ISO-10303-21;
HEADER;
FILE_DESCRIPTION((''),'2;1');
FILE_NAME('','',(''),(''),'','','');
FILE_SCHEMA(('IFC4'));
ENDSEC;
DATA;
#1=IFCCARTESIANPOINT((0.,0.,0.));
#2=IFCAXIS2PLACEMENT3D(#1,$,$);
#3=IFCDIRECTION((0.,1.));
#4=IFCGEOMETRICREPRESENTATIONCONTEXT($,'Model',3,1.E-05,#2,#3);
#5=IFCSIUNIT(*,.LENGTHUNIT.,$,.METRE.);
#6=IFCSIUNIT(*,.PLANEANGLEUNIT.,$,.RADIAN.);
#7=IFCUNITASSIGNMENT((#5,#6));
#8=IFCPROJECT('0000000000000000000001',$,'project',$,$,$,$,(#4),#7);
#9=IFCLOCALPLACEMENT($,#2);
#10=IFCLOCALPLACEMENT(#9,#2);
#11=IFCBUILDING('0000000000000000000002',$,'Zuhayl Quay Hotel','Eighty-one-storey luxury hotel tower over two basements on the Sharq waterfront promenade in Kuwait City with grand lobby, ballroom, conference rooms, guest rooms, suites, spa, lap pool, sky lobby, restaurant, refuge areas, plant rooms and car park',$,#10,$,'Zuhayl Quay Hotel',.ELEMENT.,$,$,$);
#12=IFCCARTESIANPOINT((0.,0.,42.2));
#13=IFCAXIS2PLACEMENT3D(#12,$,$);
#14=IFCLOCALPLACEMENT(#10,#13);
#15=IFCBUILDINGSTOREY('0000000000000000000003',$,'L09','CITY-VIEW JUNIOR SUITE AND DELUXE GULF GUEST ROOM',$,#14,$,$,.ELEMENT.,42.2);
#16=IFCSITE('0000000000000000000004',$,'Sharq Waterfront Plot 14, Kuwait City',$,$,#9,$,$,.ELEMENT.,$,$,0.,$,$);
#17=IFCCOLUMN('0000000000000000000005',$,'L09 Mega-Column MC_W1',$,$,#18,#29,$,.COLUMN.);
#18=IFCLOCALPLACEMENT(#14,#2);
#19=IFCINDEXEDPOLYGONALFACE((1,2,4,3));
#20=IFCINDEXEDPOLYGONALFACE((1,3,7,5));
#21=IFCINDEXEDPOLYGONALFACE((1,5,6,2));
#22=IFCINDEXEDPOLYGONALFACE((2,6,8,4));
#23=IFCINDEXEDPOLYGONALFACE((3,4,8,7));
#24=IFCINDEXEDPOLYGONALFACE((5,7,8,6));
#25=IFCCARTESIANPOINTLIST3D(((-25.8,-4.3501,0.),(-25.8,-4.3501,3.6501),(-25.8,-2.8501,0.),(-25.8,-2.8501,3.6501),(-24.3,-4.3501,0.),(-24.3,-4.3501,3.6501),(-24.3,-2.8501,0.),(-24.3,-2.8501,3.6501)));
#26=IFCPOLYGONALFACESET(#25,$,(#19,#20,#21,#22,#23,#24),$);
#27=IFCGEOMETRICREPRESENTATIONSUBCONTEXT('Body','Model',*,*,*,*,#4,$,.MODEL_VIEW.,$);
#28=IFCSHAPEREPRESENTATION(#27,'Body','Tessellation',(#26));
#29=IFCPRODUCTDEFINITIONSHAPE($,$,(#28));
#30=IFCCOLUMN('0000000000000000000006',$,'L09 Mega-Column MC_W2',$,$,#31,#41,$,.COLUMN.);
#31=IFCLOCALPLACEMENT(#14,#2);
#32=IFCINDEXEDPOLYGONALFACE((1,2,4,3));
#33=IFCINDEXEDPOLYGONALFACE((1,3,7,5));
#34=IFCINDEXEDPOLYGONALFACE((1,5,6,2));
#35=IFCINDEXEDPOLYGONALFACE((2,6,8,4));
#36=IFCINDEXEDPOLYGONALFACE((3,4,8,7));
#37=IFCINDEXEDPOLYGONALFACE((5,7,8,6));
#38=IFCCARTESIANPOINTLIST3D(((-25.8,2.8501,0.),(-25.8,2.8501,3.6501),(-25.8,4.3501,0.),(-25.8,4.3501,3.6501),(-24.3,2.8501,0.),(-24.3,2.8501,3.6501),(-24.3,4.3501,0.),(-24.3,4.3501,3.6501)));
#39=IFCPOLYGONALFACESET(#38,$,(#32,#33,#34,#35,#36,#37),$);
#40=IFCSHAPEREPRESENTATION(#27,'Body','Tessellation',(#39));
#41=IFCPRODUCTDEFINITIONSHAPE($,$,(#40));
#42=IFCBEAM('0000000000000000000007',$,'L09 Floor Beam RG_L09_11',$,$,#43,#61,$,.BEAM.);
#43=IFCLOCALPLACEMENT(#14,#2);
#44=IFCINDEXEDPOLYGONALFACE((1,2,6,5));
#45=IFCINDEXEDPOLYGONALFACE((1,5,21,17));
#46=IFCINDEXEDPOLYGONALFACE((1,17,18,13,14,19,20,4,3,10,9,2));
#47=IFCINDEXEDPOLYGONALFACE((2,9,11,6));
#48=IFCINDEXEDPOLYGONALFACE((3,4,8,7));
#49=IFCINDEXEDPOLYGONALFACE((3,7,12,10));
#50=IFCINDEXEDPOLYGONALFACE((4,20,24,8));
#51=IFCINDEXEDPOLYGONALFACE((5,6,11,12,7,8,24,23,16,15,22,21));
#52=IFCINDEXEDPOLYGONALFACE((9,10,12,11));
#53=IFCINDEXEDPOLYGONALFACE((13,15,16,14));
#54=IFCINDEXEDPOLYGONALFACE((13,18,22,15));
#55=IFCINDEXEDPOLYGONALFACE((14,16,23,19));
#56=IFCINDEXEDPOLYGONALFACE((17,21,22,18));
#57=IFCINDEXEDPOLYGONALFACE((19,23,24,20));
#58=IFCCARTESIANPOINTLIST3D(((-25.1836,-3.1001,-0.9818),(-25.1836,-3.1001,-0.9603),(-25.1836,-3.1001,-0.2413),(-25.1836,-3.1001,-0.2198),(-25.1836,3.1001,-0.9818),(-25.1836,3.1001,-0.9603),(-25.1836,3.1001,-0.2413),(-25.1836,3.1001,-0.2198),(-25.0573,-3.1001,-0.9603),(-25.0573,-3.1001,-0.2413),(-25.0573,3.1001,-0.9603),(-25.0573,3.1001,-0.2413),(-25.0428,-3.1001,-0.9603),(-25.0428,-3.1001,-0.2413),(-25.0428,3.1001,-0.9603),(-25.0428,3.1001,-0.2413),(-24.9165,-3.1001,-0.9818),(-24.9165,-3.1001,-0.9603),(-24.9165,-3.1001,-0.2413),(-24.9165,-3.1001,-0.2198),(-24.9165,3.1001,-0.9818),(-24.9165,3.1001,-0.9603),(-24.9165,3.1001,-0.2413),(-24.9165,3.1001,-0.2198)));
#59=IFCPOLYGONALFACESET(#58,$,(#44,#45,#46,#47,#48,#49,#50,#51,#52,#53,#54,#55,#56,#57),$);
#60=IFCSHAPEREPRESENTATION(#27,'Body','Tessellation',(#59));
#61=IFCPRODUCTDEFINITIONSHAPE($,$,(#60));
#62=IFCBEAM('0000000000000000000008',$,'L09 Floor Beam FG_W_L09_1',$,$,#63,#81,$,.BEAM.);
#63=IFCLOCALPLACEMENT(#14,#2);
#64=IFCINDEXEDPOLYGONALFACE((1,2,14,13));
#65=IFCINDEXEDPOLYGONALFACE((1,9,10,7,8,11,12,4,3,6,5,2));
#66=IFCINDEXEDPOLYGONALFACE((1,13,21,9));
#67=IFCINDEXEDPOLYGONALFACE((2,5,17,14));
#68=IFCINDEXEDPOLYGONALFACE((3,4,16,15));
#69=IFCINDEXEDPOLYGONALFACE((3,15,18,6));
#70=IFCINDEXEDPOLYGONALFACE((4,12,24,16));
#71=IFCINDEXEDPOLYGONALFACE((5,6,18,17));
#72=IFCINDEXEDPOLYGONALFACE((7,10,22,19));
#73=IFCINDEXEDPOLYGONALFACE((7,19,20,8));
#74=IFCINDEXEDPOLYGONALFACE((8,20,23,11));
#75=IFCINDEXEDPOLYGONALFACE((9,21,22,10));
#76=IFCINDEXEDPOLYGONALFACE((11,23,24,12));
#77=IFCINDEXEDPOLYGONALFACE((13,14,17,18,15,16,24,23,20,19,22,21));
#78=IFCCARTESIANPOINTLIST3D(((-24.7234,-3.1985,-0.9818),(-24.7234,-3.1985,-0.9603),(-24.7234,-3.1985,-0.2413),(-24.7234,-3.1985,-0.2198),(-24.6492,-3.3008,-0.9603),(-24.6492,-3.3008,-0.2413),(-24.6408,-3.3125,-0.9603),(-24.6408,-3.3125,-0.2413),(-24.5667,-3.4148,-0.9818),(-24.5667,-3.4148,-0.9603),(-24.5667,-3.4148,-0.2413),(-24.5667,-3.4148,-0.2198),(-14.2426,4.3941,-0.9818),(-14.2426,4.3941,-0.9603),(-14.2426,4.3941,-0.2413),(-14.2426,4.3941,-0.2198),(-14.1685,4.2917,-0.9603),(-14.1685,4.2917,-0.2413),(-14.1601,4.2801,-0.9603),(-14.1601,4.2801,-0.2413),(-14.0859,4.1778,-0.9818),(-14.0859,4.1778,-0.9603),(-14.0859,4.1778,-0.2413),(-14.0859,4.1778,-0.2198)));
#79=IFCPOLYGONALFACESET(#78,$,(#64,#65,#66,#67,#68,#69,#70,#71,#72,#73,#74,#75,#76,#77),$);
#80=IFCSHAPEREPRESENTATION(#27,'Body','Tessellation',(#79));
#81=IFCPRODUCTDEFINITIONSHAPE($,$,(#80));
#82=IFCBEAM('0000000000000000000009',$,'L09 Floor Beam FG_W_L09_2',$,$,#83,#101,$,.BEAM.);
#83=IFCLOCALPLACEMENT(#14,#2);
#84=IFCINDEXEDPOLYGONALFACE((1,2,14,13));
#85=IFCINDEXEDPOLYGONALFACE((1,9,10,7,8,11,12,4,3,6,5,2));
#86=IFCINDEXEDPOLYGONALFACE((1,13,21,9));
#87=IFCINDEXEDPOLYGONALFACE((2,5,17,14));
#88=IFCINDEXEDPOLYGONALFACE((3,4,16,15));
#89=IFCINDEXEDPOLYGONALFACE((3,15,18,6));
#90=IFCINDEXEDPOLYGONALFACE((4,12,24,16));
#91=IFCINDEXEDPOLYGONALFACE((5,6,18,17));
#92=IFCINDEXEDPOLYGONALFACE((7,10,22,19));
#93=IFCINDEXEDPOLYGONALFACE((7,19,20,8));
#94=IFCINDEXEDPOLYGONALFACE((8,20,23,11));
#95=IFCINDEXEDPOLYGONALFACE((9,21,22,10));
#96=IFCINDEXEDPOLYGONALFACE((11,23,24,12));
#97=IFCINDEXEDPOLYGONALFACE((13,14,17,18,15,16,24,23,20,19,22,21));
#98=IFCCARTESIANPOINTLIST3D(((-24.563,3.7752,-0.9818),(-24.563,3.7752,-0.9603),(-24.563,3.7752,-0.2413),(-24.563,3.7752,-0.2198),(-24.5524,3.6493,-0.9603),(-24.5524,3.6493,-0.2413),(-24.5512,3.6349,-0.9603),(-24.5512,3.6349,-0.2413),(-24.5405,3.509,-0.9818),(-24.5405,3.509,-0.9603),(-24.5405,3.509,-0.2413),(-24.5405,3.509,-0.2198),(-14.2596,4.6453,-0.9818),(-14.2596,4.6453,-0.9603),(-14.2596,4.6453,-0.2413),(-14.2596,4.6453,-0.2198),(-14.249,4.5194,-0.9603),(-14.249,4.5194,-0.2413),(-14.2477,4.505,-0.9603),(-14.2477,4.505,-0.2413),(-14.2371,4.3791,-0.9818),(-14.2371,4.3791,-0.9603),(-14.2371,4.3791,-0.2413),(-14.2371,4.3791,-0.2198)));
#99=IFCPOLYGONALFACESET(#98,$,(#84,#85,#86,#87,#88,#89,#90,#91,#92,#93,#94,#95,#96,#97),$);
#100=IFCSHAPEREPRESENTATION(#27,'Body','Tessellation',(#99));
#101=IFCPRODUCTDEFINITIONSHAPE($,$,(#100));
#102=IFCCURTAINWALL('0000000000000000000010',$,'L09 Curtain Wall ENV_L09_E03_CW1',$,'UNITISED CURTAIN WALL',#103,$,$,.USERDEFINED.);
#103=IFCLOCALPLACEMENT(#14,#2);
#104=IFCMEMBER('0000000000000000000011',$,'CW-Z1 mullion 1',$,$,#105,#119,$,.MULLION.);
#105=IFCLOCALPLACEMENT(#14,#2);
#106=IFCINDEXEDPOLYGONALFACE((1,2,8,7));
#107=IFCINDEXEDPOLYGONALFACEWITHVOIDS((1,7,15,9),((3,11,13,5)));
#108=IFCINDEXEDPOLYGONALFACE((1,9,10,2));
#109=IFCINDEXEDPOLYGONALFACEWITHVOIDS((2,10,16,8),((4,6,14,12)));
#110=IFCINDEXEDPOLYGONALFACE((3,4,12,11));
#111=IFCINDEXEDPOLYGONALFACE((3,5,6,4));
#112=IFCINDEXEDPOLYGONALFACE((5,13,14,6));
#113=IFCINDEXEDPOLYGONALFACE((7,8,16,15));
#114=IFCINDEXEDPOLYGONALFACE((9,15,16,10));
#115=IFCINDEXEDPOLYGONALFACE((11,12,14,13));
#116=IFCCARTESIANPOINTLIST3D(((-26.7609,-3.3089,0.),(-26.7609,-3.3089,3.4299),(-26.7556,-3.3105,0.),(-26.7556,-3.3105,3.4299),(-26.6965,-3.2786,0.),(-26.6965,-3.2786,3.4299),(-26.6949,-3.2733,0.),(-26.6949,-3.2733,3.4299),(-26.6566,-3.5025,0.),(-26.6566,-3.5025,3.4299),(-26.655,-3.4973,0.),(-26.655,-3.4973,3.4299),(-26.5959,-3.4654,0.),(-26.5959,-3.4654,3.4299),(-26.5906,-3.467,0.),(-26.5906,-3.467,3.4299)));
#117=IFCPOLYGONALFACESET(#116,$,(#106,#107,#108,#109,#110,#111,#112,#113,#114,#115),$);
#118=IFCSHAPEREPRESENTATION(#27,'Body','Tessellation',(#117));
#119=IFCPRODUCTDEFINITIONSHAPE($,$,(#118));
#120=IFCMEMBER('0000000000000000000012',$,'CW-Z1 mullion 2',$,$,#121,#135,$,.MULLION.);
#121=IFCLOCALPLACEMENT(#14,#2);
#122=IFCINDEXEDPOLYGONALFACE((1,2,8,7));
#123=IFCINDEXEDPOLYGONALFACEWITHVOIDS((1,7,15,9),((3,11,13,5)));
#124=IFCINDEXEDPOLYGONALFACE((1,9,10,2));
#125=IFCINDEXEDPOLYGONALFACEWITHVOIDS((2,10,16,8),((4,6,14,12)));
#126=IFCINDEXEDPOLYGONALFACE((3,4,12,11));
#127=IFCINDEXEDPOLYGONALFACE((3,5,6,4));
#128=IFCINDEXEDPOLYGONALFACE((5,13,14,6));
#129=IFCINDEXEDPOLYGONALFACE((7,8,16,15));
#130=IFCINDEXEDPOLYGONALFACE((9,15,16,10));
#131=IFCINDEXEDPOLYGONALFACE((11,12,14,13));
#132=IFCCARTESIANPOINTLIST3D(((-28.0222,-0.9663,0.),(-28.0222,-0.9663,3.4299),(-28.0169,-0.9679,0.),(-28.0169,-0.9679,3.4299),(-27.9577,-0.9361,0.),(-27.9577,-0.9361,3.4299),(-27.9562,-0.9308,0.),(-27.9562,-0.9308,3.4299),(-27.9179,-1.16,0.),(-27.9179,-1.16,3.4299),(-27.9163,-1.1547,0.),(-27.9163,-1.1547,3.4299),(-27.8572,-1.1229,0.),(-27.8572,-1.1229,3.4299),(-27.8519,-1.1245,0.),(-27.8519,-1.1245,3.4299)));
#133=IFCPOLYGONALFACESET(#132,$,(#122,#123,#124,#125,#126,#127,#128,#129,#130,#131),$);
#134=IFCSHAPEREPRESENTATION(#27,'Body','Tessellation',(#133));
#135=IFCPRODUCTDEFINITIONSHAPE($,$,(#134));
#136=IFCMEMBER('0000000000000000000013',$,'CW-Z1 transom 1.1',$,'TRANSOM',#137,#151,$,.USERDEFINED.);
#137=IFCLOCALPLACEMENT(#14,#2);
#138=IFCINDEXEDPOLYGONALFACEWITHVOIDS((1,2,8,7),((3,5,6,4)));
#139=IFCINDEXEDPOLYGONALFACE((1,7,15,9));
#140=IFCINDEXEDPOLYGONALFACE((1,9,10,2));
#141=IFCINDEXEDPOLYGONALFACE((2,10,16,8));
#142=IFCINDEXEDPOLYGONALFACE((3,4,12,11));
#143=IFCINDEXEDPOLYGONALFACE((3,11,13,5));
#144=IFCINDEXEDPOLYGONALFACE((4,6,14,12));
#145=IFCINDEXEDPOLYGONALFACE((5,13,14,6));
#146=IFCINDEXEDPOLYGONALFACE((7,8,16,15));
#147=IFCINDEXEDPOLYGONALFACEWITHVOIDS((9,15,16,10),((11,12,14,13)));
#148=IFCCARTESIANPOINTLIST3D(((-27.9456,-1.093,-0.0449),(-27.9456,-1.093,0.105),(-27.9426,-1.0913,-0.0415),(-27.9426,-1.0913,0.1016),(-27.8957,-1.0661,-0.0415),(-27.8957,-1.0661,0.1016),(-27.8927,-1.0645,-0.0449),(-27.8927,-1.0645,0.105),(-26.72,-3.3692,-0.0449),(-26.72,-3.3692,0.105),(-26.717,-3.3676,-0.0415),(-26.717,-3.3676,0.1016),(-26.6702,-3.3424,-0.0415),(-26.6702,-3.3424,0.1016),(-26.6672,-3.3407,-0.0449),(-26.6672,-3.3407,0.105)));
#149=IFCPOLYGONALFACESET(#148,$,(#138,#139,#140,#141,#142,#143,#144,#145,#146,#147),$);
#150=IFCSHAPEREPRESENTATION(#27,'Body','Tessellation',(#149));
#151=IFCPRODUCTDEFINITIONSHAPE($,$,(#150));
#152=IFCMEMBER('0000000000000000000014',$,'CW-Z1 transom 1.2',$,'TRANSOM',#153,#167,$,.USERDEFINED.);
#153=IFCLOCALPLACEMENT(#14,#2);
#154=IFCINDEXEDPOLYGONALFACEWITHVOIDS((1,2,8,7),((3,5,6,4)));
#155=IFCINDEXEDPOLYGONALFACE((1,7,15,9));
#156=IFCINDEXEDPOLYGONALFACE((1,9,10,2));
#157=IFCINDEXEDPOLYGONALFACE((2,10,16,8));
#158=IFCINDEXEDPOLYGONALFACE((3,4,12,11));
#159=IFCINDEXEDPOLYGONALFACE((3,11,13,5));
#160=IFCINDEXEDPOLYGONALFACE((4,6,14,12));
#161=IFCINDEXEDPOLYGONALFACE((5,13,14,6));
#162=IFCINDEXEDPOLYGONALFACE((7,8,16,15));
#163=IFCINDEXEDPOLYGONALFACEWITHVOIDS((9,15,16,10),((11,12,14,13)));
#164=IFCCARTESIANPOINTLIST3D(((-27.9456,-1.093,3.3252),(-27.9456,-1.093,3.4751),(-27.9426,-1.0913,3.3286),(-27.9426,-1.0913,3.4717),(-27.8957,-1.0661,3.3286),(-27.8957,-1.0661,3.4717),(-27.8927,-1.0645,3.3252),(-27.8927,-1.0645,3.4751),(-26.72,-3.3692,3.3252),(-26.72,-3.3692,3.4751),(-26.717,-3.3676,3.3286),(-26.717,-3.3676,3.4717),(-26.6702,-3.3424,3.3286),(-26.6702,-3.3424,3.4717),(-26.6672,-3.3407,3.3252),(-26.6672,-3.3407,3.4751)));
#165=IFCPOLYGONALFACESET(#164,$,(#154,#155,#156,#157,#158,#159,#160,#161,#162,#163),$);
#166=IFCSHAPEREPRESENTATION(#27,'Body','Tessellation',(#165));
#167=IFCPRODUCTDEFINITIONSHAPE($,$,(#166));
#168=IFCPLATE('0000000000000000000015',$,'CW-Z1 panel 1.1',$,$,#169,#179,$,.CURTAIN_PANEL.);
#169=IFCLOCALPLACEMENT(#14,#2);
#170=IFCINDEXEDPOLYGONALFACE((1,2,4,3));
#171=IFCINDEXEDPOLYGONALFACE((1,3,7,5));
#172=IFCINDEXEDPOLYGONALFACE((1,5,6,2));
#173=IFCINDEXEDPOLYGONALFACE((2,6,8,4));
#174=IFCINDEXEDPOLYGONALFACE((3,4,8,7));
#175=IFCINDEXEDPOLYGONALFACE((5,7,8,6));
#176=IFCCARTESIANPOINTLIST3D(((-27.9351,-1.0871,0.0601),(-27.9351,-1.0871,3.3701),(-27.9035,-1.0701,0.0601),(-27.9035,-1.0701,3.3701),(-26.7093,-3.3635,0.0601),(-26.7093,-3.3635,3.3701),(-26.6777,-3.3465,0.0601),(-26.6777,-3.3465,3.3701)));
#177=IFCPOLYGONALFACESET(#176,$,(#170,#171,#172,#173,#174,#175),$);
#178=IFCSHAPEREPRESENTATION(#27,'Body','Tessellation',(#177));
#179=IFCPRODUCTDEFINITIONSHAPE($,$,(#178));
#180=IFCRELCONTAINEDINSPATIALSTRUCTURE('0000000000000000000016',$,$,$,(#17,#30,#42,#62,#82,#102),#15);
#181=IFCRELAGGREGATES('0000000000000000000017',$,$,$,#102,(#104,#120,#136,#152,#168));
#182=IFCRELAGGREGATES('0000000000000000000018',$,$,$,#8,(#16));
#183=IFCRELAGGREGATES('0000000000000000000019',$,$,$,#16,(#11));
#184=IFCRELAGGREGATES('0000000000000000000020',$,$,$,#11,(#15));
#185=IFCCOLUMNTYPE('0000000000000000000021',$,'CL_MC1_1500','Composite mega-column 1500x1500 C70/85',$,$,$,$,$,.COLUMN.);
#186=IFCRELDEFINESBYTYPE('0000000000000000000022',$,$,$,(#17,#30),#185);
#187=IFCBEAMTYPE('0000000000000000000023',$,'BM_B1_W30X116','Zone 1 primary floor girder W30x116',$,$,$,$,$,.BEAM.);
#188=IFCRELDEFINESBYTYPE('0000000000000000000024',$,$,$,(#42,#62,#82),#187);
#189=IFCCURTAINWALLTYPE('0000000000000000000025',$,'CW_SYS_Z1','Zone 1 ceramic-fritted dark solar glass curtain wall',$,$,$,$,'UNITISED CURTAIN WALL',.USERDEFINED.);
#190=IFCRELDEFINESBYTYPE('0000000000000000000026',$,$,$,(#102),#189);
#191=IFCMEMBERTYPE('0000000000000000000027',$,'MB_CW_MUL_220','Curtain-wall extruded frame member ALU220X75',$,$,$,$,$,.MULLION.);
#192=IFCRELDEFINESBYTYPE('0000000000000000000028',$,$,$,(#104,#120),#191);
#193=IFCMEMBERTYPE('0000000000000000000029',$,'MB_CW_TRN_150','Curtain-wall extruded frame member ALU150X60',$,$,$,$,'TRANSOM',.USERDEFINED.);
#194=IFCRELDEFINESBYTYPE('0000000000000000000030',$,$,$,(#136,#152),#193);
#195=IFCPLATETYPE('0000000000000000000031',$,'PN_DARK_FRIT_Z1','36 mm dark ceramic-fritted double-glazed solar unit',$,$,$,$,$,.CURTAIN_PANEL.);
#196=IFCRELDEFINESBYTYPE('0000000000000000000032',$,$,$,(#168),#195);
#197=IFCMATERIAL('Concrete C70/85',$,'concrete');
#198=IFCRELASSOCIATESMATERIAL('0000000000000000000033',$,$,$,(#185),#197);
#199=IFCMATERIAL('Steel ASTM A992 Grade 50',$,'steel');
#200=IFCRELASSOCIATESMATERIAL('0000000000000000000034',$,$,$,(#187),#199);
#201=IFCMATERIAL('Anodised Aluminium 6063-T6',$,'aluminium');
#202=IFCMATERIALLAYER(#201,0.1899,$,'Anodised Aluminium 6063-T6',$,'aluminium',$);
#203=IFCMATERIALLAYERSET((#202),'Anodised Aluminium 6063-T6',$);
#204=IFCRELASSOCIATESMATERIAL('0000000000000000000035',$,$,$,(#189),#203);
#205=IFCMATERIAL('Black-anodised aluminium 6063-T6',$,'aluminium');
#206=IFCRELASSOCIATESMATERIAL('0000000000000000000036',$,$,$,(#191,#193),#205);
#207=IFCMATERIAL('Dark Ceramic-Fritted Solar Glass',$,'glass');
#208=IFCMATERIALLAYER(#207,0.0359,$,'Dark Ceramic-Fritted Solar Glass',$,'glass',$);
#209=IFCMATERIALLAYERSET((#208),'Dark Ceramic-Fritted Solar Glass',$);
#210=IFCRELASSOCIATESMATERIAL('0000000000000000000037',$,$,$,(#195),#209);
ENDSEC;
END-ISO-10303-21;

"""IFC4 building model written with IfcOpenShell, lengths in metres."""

from ifc_helpers import new_model, si_unit, direction, frame, origin, origin_2d, place, context, subcontext, project, spatial, rectangle, hollow_rectangle, i_section, extrude, material, layer, layer_set, material_profile, profile_set, type_object, element, aggregate, save


model = new_model("IFC4")

# Units and contexts
model_context = context("Model", 3, precision=1e-05, world=origin(), true_north=direction((0.0, 1.0)))
body_context = subcontext(model_context, "Body", "Model", "MODEL_VIEW")
ifc_project = project(units=[si_unit("LENGTHUNIT", "METRE"), si_unit("PLANEANGLEUNIT", "RADIAN")], contexts=[model_context])

# Site, building, storey
site_placement = place(None, origin())
site = spatial("IfcSite", under=ifc_project, at=site_placement, Name="Sharq Waterfront Plot 14, Kuwait City", CompositionType="ELEMENT", RefElevation=0.0)
building_placement = place(site_placement, origin())
building = spatial("IfcBuilding", under=site, at=building_placement, Name="Zuhayl Quay Hotel", Description="Eighty-one-storey luxury hotel tower over two basements on the Sharq waterfront promenade in Kuwait City with grand lobby, ballroom, conference rooms, guest rooms, suites, spa, lap pool, sky lobby, restaurant, refuge areas, plant rooms and car park", LongName="Zuhayl Quay Hotel", CompositionType="ELEMENT")
storey_placement = place(building_placement, frame((0.0, 0.0, 42.2)))
storey = spatial("IfcBuildingStorey", under=building, at=storey_placement, Name="L09", Description="CITY-VIEW JUNIOR SUITE AND DELUXE GULF GUEST ROOM", CompositionType="ELEMENT", Elevation=42.2)

# Columns
ifc_material_1 = material(Name="Concrete C70/85", Category="concrete")
ifc_material_profile_1 = material_profile(ifc_material_1, rectangle(XDim=1.5, YDim=1.5, at=origin_2d()), Name="RC1500X1500")
ifc_profile_set_1 = profile_set([ifc_material_profile_1], Name="Concrete C70/85")
column_type = type_object("IfcColumnType", Name="CL_MC1_1500", Description="Composite mega-column 1500x1500 C70/85", PredefinedType="COLUMN", material=ifc_profile_set_1)
for number, where, z_axis, x_axis, name in (
    (1, (-25.05, -3.6001, 0.0), (0.0, 0.0, 1.0), (1.0, 0.0, 0.0), "L09 Mega-Column MC_W1"),
    (2, (-25.05, 3.6001, 0.0), (0.0, 0.0, 1.0), (1.0, 0.0, 0.0), "L09 Mega-Column MC_W2"),
):
    element("IfcColumn", number, at=place(storey_placement, frame(where, z_axis=z_axis, x_axis=x_axis)), inside=storey, type_object=column_type, Name=name, PredefinedType="COLUMN", context=body_context, shape_type="SweptSolid", body=[
        extrude(rectangle(XDim=1.5, YDim=1.5, at=origin_2d()), origin(), (0.0, 0.0, 1.0), 3.6501),
    ])

# Beams
ifc_material_2 = material(Name="Steel ASTM A992 Grade 50", Category="steel")
ifc_material_profile_2 = material_profile(ifc_material_2, i_section(OverallWidth=0.2671, OverallDepth=0.762, WebThickness=0.0144, FlangeThickness=0.0215, at=origin_2d()), Name="W30X116")
ifc_profile_set_2 = profile_set([ifc_material_profile_2], Name="Steel ASTM A992 Grade 50")
beam_type = type_object("IfcBeamType", Name="BM_B1_W30X116", Description="Zone 1 primary floor girder W30x116", PredefinedType="BEAM", material=ifc_profile_set_2)
beam_1_placement = place(storey_placement, frame((-25.05, 3.1001, -0.6008), z_axis=(0.0, -1.0, 0.0), x_axis=(1.0, 0.0, 0.0)))
element("IfcBeam", 3, at=beam_1_placement, inside=storey, type_object=beam_type, Name="L09 Floor Beam RG_L09_11", PredefinedType="BEAM", context=body_context, shape_type="SweptSolid", body=[
    extrude(i_section(OverallWidth=0.2671, OverallDepth=0.762, WebThickness=0.0144, FlangeThickness=0.0215, at=origin_2d()), origin(), (0.0, 0.0, 1.0), 6.2002),
])
beam_2_placement = place(storey_placement, frame((-24.645, -3.3066, -0.6008), z_axis=(0.80983, 0.586664, 0.0), x_axis=(-0.586664, 0.80983, 0.0)))
element("IfcBeam", 4, at=beam_2_placement, inside=storey, type_object=beam_type, Name="L09 Floor Beam FG_W_L09_1", PredefinedType="BEAM", context=body_context, shape_type="SweptSolid", body=[
    extrude(i_section(OverallWidth=0.2671, OverallDepth=0.762, WebThickness=0.0144, FlangeThickness=0.0215, at=origin_2d()), origin(), (0.0, 0.0, 1.0), 12.9419),
])
beam_3_placement = place(storey_placement, frame((-24.5518, 3.6421, -0.6008), z_axis=(0.996453, 0.084149, 0.0), x_axis=(-0.084149, 0.996453, 0.0)))
element("IfcBeam", 5, at=beam_3_placement, inside=storey, type_object=beam_type, Name="L09 Floor Beam FG_W_L09_2", PredefinedType="BEAM", context=body_context, shape_type="SweptSolid", body=[
    extrude(i_section(OverallWidth=0.2671, OverallDepth=0.762, WebThickness=0.0144, FlangeThickness=0.0215, at=origin_2d()), origin(), (0.0, 0.0, 1.0), 10.3401),
])

# Curtain wall, members, plate
ifc_material_3 = material(Name="Anodised Aluminium 6063-T6", Category="aluminium")
ifc_layer_1 = layer(ifc_material_3, 0.1899, Name="Anodised Aluminium 6063-T6", Category="aluminium")
ifc_layer_set_1 = layer_set([ifc_layer_1], Name="Anodised Aluminium 6063-T6")
curtain_wall_type = type_object("IfcCurtainWallType", Name="CW_SYS_Z1", Description="Zone 1 ceramic-fritted dark solar glass curtain wall", ElementType="UNITISED CURTAIN WALL", PredefinedType="USERDEFINED", material=ifc_layer_set_1)
curtain_wall_placement = place(storey_placement, origin())
curtain_wall = element("IfcCurtainWall", 6, at=curtain_wall_placement, inside=storey, type_object=curtain_wall_type, Name="L09 Curtain Wall ENV_L09_E03_CW1", ObjectType="UNITISED CURTAIN WALL", PredefinedType="USERDEFINED")
ifc_material_4 = material(Name="Black-anodised aluminium 6063-T6", Category="aluminium")
ifc_material_profile_3 = material_profile(ifc_material_4, hollow_rectangle(XDim=0.075, YDim=0.22, WallThickness=0.0039, at=origin_2d()), Name="ALU220X75")
ifc_profile_set_3 = profile_set([ifc_material_profile_3], Name="Black-anodised aluminium 6063-T6")
member_type_1 = type_object("IfcMemberType", Name="MB_CW_MUL_220", Description="Curtain-wall extruded frame member ALU220X75", PredefinedType="MULLION", material=ifc_profile_set_3)
member_1_placement = place(storey_placement, frame((-26.6758, -3.3879, 0.0), z_axis=(0.0, 0.0, 1.0), x_axis=(-0.880476, -0.474091, 0.0)))
member_1 = element("IfcMember", 7, at=member_1_placement, type_object=member_type_1, Name="CW-Z1 mullion 1", PredefinedType="MULLION", context=body_context, shape_type="SweptSolid", body=[
    extrude(hollow_rectangle(XDim=0.075, YDim=0.22, WallThickness=0.0039, at=origin_2d()), origin(), (0.0, 0.0, 1.0), 3.4299),
])
member_2_placement = place(storey_placement, frame((-27.937, -1.0454, 0.0), z_axis=(0.0, 0.0, 1.0), x_axis=(-0.880476, -0.474091, 0.0)))
member_2 = element("IfcMember", 8, at=member_2_placement, type_object=member_type_1, Name="CW-Z1 mullion 2", PredefinedType="MULLION", context=body_context, shape_type="SweptSolid", body=[
    extrude(hollow_rectangle(XDim=0.075, YDim=0.22, WallThickness=0.0039, at=origin_2d()), origin(), (0.0, 0.0, 1.0), 3.4299),
])
ifc_material_profile_4 = material_profile(ifc_material_4, hollow_rectangle(XDim=0.0601, YDim=0.1499, WallThickness=0.0034, at=origin_2d()), Name="ALU150X60")
ifc_profile_set_4 = profile_set([ifc_material_profile_4], Name="Black-anodised aluminium 6063-T6")
member_type_2 = type_object("IfcMemberType", Name="MB_CW_TRN_150", Description="Curtain-wall extruded frame member ALU150X60", ElementType="TRANSOM", PredefinedType="USERDEFINED", material=ifc_profile_set_4)
member_3_placement = place(storey_placement, frame((-26.6936, -3.355, 0.03), z_axis=(-0.474055, 0.880495, 0.0), x_axis=(-0.880495, -0.474055, 0.0)))
member_3 = element("IfcMember", 9, at=member_3_placement, type_object=member_type_2, Name="CW-Z1 transom 1.1", ObjectType="TRANSOM", PredefinedType="USERDEFINED", context=body_context, shape_type="SweptSolid", body=[
    extrude(hollow_rectangle(XDim=0.0601, YDim=0.1499, WallThickness=0.0034, at=origin_2d()), origin(), (0.0, 0.0, 1.0), 2.5852),
])
member_4_placement = place(storey_placement, frame((-26.6936, -3.355, 3.4001), z_axis=(-0.474055, 0.880495, 0.0), x_axis=(-0.880495, -0.474055, 0.0)))
member_4 = element("IfcMember", 10, at=member_4_placement, type_object=member_type_2, Name="CW-Z1 transom 1.2", ObjectType="TRANSOM", PredefinedType="USERDEFINED", context=body_context, shape_type="SweptSolid", body=[
    extrude(hollow_rectangle(XDim=0.0601, YDim=0.1499, WallThickness=0.0034, at=origin_2d()), origin(), (0.0, 0.0, 1.0), 2.5852),
])
ifc_material_5 = material(Name="Dark Ceramic-Fritted Solar Glass", Category="glass")
ifc_layer_2 = layer(ifc_material_5, 0.0359, Name="Dark Ceramic-Fritted Solar Glass", Category="glass")
ifc_layer_set_2 = layer_set([ifc_layer_2], Name="Dark Ceramic-Fritted Solar Glass")
plate_type = type_object("IfcPlateType", Name="PN_DARK_FRIT_Z1", Description="36 mm dark ceramic-fritted double-glazed solar unit", PredefinedType="CURTAIN_PANEL", material=ifc_layer_set_2)
plate_placement = place(storey_placement, frame((-27.3064, -2.2168, 0.0601), z_axis=(0.0, 0.0, 1.0), x_axis=(-0.474091, 0.880476, 0.0)))
plate = element("IfcPlate", 11, at=plate_placement, type_object=plate_type, Name="CW-Z1 panel 1.1", PredefinedType="CURTAIN_PANEL", context=body_context, shape_type="SweptSolid", body=[
    extrude(rectangle(XDim=2.5854, YDim=0.0359, at=origin_2d()), origin(), (0.0, 0.0, 1.0), 3.3101),
])
aggregate(curtain_wall, [member_1, member_2, member_3, member_4, plate])

save(model, "model.ifc")
